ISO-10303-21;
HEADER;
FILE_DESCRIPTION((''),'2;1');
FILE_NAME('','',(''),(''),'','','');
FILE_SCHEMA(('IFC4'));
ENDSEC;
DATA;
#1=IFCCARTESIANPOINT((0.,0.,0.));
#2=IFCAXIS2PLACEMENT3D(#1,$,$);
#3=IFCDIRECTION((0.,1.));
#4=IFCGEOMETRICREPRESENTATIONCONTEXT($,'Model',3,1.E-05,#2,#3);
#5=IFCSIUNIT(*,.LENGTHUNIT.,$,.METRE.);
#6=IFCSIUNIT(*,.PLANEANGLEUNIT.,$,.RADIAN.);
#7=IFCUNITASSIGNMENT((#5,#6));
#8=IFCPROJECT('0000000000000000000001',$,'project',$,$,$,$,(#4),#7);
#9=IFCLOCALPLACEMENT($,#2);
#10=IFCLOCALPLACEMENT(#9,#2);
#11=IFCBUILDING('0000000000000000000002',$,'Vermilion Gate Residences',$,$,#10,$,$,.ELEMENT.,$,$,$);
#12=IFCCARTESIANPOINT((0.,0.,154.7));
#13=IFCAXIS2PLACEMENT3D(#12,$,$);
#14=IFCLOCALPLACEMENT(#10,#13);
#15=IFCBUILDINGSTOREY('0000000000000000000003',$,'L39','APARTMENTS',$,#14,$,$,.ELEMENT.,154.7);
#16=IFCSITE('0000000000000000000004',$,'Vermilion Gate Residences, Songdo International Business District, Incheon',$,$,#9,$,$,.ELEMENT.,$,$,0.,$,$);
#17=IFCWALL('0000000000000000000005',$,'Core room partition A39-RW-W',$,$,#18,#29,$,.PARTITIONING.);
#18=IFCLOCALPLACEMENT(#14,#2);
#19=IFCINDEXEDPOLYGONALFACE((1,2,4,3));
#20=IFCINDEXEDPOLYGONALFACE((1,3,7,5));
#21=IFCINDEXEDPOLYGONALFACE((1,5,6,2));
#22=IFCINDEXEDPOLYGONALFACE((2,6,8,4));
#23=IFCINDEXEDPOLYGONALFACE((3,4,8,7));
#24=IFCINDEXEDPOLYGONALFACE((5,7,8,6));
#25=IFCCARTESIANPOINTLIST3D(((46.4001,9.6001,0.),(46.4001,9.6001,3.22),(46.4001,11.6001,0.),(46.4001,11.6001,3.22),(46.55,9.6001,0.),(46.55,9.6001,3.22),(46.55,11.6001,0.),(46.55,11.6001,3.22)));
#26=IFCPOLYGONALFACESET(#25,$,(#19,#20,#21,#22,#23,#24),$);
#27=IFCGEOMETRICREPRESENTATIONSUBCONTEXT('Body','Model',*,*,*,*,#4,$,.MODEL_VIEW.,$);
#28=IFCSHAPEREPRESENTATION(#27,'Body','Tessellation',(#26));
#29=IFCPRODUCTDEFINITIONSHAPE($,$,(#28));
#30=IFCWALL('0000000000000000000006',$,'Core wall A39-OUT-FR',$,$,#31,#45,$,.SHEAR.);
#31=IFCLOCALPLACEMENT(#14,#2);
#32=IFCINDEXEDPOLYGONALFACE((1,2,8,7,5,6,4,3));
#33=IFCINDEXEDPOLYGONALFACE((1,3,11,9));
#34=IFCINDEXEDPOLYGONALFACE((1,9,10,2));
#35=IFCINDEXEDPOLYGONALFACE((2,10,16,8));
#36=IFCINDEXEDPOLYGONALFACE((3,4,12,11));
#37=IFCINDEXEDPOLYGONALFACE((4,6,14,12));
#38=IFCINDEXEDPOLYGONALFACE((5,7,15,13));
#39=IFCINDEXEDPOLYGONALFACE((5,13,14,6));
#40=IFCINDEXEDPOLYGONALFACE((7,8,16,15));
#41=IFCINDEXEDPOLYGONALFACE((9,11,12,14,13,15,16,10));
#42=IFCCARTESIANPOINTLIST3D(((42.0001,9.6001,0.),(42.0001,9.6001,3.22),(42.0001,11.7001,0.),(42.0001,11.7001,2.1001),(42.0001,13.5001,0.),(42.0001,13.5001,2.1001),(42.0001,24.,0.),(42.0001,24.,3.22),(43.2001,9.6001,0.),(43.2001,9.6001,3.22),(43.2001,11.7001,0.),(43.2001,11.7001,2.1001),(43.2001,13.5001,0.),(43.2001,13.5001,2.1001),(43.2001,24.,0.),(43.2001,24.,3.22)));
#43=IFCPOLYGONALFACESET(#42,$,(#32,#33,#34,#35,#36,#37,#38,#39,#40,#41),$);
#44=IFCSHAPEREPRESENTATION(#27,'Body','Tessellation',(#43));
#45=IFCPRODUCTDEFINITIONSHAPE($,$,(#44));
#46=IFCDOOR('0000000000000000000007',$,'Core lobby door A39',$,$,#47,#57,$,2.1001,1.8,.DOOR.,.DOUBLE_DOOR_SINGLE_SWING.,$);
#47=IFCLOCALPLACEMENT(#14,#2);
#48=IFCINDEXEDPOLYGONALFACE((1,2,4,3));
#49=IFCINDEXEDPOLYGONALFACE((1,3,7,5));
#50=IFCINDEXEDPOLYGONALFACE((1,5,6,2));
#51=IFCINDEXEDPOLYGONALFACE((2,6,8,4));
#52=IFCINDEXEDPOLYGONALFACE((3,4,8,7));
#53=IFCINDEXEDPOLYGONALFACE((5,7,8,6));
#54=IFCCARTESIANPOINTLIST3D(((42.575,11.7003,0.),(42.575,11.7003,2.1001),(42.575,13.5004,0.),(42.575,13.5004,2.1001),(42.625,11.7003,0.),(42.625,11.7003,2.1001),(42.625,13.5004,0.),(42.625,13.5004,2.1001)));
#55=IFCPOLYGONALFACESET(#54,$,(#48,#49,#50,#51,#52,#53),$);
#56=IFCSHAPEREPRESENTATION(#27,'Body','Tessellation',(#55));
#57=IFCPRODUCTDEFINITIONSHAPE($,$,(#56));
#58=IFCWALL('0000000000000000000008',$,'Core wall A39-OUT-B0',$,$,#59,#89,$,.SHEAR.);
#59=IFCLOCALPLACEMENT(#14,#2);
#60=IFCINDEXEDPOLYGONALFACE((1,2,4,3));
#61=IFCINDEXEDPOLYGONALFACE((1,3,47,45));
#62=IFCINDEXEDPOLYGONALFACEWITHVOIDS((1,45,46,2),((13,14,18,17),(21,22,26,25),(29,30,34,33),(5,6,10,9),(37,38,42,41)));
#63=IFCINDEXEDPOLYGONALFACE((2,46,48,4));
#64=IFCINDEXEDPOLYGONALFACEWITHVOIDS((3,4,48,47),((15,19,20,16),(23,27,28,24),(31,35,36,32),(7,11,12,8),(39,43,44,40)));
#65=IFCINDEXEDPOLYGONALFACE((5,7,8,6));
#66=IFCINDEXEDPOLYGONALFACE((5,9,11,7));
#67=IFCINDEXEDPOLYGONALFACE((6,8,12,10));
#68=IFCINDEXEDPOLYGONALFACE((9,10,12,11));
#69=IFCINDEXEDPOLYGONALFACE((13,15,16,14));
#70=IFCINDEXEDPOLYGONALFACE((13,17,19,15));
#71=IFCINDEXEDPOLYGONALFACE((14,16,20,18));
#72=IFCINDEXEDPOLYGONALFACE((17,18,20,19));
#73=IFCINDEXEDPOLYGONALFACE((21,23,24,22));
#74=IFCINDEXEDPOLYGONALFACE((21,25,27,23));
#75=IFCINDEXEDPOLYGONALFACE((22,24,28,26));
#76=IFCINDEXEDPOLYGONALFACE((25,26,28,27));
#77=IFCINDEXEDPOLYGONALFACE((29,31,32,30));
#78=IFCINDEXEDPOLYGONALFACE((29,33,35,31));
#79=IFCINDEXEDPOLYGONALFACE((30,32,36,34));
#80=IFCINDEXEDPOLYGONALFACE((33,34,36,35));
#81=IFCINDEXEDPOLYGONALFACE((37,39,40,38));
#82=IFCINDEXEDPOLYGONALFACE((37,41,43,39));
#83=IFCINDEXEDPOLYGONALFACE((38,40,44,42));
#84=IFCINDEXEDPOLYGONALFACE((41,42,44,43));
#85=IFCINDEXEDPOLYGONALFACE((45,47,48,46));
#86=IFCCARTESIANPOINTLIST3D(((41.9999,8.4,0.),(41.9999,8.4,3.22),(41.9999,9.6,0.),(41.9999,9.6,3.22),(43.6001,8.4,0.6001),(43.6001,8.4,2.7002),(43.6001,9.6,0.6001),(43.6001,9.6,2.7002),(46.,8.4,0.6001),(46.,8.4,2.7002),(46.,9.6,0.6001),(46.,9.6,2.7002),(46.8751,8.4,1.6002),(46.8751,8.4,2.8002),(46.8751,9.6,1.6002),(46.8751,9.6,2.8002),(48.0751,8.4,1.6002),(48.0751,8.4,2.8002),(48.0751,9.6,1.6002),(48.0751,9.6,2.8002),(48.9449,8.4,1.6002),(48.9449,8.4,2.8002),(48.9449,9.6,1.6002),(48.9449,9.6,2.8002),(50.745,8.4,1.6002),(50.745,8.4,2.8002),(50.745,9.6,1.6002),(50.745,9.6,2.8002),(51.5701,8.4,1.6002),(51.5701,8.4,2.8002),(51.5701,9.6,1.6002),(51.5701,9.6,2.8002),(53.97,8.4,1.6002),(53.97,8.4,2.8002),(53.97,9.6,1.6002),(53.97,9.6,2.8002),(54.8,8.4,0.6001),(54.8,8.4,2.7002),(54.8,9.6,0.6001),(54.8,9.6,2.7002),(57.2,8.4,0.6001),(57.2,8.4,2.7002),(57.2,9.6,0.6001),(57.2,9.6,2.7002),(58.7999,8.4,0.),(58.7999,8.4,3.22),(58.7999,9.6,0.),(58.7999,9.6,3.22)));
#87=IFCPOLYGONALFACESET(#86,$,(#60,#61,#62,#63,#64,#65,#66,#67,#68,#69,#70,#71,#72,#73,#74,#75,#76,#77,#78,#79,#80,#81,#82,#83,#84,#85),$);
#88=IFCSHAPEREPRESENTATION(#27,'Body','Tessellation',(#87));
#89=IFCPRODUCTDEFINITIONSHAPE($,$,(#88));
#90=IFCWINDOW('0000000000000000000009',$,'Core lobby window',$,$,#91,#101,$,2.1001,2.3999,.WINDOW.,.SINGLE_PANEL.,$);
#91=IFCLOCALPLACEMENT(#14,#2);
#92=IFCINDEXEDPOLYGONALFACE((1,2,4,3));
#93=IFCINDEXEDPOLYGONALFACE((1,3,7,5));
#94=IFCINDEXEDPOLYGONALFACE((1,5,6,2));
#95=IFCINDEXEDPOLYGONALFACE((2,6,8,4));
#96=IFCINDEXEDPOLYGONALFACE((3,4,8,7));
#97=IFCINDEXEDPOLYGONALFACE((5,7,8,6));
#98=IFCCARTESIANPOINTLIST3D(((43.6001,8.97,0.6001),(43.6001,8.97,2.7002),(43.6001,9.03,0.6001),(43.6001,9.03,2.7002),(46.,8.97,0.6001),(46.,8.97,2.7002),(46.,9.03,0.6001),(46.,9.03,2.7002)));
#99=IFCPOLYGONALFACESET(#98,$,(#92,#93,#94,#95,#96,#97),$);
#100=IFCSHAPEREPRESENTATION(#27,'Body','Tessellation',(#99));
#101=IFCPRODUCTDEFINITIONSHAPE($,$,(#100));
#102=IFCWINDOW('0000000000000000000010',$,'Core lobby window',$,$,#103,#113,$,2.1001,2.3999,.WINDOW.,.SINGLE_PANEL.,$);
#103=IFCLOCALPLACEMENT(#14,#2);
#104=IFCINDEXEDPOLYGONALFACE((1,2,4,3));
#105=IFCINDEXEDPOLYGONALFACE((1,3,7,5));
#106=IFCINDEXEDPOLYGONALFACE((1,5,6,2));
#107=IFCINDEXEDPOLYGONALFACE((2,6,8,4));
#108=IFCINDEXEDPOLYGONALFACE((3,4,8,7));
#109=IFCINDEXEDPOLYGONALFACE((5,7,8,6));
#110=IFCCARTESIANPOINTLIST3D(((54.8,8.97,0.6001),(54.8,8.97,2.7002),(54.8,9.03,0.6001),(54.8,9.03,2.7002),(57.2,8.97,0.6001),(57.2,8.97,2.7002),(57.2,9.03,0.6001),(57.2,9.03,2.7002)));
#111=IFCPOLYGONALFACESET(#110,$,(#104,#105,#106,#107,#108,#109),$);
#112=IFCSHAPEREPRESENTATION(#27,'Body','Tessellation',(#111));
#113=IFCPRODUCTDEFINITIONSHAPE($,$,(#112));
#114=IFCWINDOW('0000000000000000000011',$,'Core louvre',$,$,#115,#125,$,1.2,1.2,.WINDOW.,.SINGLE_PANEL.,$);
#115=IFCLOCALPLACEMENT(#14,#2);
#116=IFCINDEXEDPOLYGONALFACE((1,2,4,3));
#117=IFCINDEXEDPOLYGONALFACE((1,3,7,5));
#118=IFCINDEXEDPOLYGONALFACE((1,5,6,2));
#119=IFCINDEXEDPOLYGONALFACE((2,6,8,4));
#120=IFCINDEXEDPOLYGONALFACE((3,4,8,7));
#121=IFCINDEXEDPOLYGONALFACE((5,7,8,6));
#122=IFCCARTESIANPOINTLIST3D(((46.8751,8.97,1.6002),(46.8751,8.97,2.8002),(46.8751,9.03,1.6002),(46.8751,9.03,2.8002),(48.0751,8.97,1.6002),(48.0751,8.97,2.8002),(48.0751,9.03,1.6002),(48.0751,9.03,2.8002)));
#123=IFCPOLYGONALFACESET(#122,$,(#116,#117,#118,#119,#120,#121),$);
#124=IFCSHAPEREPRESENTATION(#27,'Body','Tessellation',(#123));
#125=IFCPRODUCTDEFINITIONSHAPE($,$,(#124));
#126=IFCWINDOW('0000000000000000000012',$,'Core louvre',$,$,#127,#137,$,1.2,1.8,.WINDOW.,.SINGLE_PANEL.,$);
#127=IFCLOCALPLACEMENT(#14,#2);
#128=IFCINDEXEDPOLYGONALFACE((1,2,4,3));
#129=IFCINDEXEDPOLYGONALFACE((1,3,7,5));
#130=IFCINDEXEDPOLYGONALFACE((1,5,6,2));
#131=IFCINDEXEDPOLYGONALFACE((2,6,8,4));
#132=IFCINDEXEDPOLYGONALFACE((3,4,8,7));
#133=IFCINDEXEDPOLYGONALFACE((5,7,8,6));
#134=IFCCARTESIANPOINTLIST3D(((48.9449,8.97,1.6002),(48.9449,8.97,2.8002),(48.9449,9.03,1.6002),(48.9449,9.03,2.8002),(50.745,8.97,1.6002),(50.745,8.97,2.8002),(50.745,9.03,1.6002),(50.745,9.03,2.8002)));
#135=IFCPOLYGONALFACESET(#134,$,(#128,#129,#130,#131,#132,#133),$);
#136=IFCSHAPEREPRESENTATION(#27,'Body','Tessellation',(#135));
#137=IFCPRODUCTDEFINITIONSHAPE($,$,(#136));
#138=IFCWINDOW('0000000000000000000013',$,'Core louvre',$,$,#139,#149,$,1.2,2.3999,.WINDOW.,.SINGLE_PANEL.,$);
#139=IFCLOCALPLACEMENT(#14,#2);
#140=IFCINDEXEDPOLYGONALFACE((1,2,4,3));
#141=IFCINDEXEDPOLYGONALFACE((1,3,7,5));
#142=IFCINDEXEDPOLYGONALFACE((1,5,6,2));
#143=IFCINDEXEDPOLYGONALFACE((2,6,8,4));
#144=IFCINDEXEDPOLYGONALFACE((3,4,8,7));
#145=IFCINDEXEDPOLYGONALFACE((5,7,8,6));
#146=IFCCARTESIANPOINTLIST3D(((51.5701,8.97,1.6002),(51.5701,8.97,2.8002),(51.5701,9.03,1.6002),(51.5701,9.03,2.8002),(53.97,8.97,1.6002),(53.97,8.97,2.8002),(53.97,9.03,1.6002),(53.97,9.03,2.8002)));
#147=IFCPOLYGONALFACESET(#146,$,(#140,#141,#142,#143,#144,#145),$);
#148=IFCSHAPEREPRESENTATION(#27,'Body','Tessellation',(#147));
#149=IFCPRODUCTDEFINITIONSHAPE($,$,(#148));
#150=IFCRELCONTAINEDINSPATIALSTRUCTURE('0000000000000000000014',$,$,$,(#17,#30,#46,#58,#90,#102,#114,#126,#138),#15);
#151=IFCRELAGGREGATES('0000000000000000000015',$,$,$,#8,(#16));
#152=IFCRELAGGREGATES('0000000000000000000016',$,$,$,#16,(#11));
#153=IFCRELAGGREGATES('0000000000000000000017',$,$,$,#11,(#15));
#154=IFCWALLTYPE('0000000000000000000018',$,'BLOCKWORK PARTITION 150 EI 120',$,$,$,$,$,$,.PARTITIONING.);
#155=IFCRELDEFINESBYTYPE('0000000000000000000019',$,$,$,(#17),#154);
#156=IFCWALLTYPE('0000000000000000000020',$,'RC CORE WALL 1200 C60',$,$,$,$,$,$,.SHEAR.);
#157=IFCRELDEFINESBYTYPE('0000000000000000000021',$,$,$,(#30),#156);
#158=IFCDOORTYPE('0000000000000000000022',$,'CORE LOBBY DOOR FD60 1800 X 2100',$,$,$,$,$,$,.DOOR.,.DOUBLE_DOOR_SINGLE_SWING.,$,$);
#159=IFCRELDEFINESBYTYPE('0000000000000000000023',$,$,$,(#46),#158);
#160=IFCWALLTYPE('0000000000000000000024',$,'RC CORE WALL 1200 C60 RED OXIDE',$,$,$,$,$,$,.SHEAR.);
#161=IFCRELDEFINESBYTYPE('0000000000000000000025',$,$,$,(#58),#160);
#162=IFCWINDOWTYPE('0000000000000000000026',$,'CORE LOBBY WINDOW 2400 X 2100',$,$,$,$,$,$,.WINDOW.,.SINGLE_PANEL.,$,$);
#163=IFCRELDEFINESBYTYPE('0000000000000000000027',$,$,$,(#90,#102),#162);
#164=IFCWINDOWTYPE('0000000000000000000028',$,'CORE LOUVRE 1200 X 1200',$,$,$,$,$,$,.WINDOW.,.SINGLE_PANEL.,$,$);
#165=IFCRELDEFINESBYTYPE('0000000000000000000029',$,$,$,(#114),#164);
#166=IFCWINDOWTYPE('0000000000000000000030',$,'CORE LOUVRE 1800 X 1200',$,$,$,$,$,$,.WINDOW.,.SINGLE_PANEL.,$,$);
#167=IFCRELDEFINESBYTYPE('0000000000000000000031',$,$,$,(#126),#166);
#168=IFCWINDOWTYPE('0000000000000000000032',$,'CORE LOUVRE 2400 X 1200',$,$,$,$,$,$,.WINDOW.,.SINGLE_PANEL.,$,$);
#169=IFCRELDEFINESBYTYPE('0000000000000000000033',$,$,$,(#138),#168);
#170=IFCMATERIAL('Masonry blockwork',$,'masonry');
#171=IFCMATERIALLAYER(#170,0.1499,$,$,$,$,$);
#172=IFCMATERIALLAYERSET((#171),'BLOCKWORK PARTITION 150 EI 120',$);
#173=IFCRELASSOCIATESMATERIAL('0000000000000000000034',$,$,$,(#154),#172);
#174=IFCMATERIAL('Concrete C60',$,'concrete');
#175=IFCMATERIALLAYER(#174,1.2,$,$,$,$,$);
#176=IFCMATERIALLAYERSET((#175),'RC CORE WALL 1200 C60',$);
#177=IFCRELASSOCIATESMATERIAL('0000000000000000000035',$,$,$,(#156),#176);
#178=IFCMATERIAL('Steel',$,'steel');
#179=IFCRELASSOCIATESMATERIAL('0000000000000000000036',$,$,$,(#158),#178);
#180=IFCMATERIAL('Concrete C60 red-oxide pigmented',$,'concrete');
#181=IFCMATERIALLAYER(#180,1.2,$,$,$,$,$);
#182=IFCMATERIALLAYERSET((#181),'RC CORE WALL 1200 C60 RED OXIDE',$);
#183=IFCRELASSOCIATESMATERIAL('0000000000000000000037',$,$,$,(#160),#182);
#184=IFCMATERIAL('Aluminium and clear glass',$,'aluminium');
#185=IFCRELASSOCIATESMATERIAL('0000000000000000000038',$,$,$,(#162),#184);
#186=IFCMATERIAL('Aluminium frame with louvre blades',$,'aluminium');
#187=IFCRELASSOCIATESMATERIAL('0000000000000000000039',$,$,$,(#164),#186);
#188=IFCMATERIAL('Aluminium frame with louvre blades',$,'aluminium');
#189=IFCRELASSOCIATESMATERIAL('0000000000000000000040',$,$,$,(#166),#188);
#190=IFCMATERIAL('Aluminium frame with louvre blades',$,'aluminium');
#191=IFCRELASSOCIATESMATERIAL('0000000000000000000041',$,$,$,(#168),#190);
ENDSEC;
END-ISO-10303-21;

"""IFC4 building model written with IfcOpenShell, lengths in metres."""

from ifc_helpers import new_model, si_unit, direction, frame, frame_2d, origin, place, context, subcontext, project, spatial, rectangle, extrude, material, layer, layer_set, type_object, element, fill, save


model = new_model("IFC4")

# Units and contexts
model_context = context("Model", 3, precision=1e-05, world=origin(), true_north=direction((0.0, 1.0)))
body_context = subcontext(model_context, "Body", "Model", "MODEL_VIEW")
ifc_project = project(units=[si_unit("LENGTHUNIT", "METRE"), si_unit("PLANEANGLEUNIT", "RADIAN")], contexts=[model_context])

# Site, building, storey
site_placement = place(None, origin())
site = spatial("IfcSite", under=ifc_project, at=site_placement, Name="Vermilion Gate Residences, Songdo International Business District, Incheon", CompositionType="ELEMENT", RefElevation=0.0)
building_placement = place(site_placement, origin())
building = spatial("IfcBuilding", under=site, at=building_placement, Name="Vermilion Gate Residences", CompositionType="ELEMENT")
storey_placement = place(building_placement, frame((0.0, 0.0, 154.7)))
storey = spatial("IfcBuildingStorey", under=building, at=storey_placement, Name="L39", Description="APARTMENTS", CompositionType="ELEMENT", Elevation=154.7)

# Wall
ifc_material_1 = material(Name="Masonry blockwork", Category="masonry")
ifc_layer_1 = layer(ifc_material_1, 0.1499)
ifc_layer_set_1 = layer_set([ifc_layer_1], Name="BLOCKWORK PARTITION 150 EI 120")
wall_type_1 = type_object("IfcWallType", Name="BLOCKWORK PARTITION 150 EI 120", PredefinedType="PARTITIONING", material=ifc_layer_set_1)
wall_1_placement = place(storey_placement, frame((46.4751, 9.6001, 0.0), z_axis=(0.0, 0.0, 1.0), x_axis=(0.0, 1.0, 0.0)))
element("IfcWall", 1, at=wall_1_placement, inside=storey, type_object=wall_type_1, Name="Core room partition A39-RW-W", PredefinedType="PARTITIONING", context=body_context, shape_type="SweptSolid", body=[
    extrude(rectangle(XDim=2.0, YDim=0.1499, at=frame_2d((1.0, 0.0))), origin(), (0.0, 0.0, 1.0), 3.22),
])

# Wall, opening, door
ifc_material_2 = material(Name="Concrete C60", Category="concrete")
ifc_layer_2 = layer(ifc_material_2, 1.2)
ifc_layer_set_2 = layer_set([ifc_layer_2], Name="RC CORE WALL 1200 C60")
wall_type_2 = type_object("IfcWallType", Name="RC CORE WALL 1200 C60", PredefinedType="SHEAR", material=ifc_layer_set_2)
wall_2_placement = place(storey_placement, frame((42.6001, 9.6001, 0.0), z_axis=(0.0, 0.0, 1.0), x_axis=(0.0, 1.0, 0.0)))
wall_2 = element("IfcWall", 2, at=wall_2_placement, inside=storey, type_object=wall_type_2, Name="Core wall A39-OUT-FR", PredefinedType="SHEAR", context=body_context, shape_type="SweptSolid", body=[
    extrude(rectangle(XDim=14.3999, YDim=1.2, at=frame_2d((7.2, 0.0))), origin(), (0.0, 0.0, 1.0), 3.22),
])
opening_1_placement = place(wall_2_placement, frame((2.1001, 0.0, 0.0)))
opening_1 = element("IfcOpeningElement", 3, at=opening_1_placement, cuts=wall_2, PredefinedType="OPENING", context=body_context, shape_type="SweptSolid", body=[
    extrude(rectangle(XDim=1.8, YDim=2.1001, at=frame_2d((0.8999, 1.05))), frame((0.0, 0.6099, 0.0), z_axis=(0.0, -1.0, 0.0), x_axis=(1.0, 0.0, 0.0)), (0.0, 0.0, 1.0), 1.22),
])
ifc_material_3 = material(Name="Steel", Category="steel")
door_type = type_object("IfcDoorType", Name="CORE LOBBY DOOR FD60 1800 X 2100", OperationType="DOUBLE_DOOR_SINGLE_SWING", PredefinedType="DOOR", material=ifc_material_3)
door_placement = place(opening_1_placement, frame((1.8, 0.0, 0.0), z_axis=(0.0, 0.0, 1.0), x_axis=(-1.0, 0.0, 0.0)))
door = element("IfcDoor", 4, at=door_placement, inside=storey, type_object=door_type, Name="Core lobby door A39", OperationType="DOUBLE_DOOR_SINGLE_SWING", OverallHeight=2.1001, OverallWidth=1.8, PredefinedType="DOOR", context=body_context, shape_type="SweptSolid", body=[
    extrude(rectangle(XDim=1.8, YDim=2.1001, at=frame_2d((0.8999, 1.05))), frame((0.0, 0.0249, 0.0), z_axis=(0.0, -1.0, 0.0), x_axis=(1.0, 0.0, 0.0)), (0.0, 0.0, 1.0), 0.05),
])
fill(opening_1, door)

# Wall, openings, windows
ifc_material_4 = material(Name="Concrete C60 red-oxide pigmented", Category="concrete")
ifc_layer_3 = layer(ifc_material_4, 1.2)
ifc_layer_set_3 = layer_set([ifc_layer_3], Name="RC CORE WALL 1200 C60 RED OXIDE")
wall_type_3 = type_object("IfcWallType", Name="RC CORE WALL 1200 C60 RED OXIDE", PredefinedType="SHEAR", material=ifc_layer_set_3)
wall_3_placement = place(storey_placement, frame((42.0, 9.0, 0.0), z_axis=(0.0, 0.0, 1.0), x_axis=(1.0, 0.0, 0.0)))
wall_3 = element("IfcWall", 5, at=wall_3_placement, inside=storey, type_object=wall_type_3, Name="Core wall A39-OUT-B0", PredefinedType="SHEAR", context=body_context, shape_type="SweptSolid", body=[
    extrude(rectangle(XDim=16.8, YDim=1.2, at=frame_2d((8.3999, 0.0))), origin(), (0.0, 0.0, 1.0), 3.22),
])
opening_2_placement = place(wall_3_placement, frame((1.6001, 0.0, 0.6001)))
opening_2 = element("IfcOpeningElement", 6, at=opening_2_placement, cuts=wall_3, PredefinedType="OPENING", context=body_context, shape_type="SweptSolid", body=[
    extrude(rectangle(XDim=2.3999, YDim=2.1001, at=frame_2d((1.2, 1.05))), frame((0.0, 0.6099, 0.0), z_axis=(0.0, -1.0, 0.0), x_axis=(1.0, 0.0, 0.0)), (0.0, 0.0, 1.0), 1.22),
])
opening_3_placement = place(wall_3_placement, frame((4.875, 0.0, 1.6001)))
opening_3 = element("IfcOpeningElement", 7, at=opening_3_placement, cuts=wall_3, PredefinedType="OPENING", context=body_context, shape_type="SweptSolid", body=[
    extrude(rectangle(XDim=1.2, YDim=1.2, at=frame_2d((0.6001, 0.6001))), frame((0.0, 0.6099, 0.0), z_axis=(0.0, -1.0, 0.0), x_axis=(1.0, 0.0, 0.0)), (0.0, 0.0, 1.0), 1.22),
])
opening_4_placement = place(wall_3_placement, frame((6.9451, 0.0, 1.6001)))
opening_4 = element("IfcOpeningElement", 8, at=opening_4_placement, cuts=wall_3, PredefinedType="OPENING", context=body_context, shape_type="SweptSolid", body=[
    extrude(rectangle(XDim=1.8, YDim=1.2, at=frame_2d((0.8999, 0.6001))), frame((0.0, 0.6099, 0.0), z_axis=(0.0, -1.0, 0.0), x_axis=(1.0, 0.0, 0.0)), (0.0, 0.0, 1.0), 1.22),
])
opening_5_placement = place(wall_3_placement, frame((9.5701, 0.0, 1.6001)))
opening_5 = element("IfcOpeningElement", 9, at=opening_5_placement, cuts=wall_3, PredefinedType="OPENING", context=body_context, shape_type="SweptSolid", body=[
    extrude(rectangle(XDim=2.3999, YDim=1.2, at=frame_2d((1.2, 0.6001))), frame((0.0, 0.6099, 0.0), z_axis=(0.0, -1.0, 0.0), x_axis=(1.0, 0.0, 0.0)), (0.0, 0.0, 1.0), 1.22),
])
opening_6_placement = place(wall_3_placement, frame((12.8, 0.0, 0.6001)))
opening_6 = element("IfcOpeningElement", 10, at=opening_6_placement, cuts=wall_3, PredefinedType="OPENING", context=body_context, shape_type="SweptSolid", body=[
    extrude(rectangle(XDim=2.3999, YDim=2.1001, at=frame_2d((1.2, 1.05))), frame((0.0, 0.6099, 0.0), z_axis=(0.0, -1.0, 0.0), x_axis=(1.0, 0.0, 0.0)), (0.0, 0.0, 1.0), 1.22),
])
ifc_material_5 = material(Name="Aluminium and clear glass", Category="aluminium")
window_type_1 = type_object("IfcWindowType", Name="CORE LOBBY WINDOW 2400 X 2100", PartitioningType="SINGLE_PANEL", PredefinedType="WINDOW", material=ifc_material_5)
window_1_placement = place(opening_2_placement, origin())
window_1 = element("IfcWindow", 11, at=window_1_placement, inside=storey, type_object=window_type_1, Name="Core lobby window", OverallHeight=2.1001, OverallWidth=2.3999, PartitioningType="SINGLE_PANEL", PredefinedType="WINDOW", context=body_context, shape_type="SweptSolid", body=[
    extrude(rectangle(XDim=2.3999, YDim=2.1001, at=frame_2d((1.2, 1.05))), frame((0.0, 0.03, 0.0), z_axis=(0.0, -1.0, 0.0), x_axis=(1.0, 0.0, 0.0)), (0.0, 0.0, 1.0), 0.0601),
])
fill(opening_2, window_1)
window_2_placement = place(opening_6_placement, origin())
window_2 = element("IfcWindow", 12, at=window_2_placement, inside=storey, type_object=window_type_1, Name="Core lobby window", OverallHeight=2.1001, OverallWidth=2.3999, PartitioningType="SINGLE_PANEL", PredefinedType="WINDOW", context=body_context, shape_type="SweptSolid", body=[
    extrude(rectangle(XDim=2.3999, YDim=2.1001, at=frame_2d((1.2, 1.05))), frame((0.0, 0.03, 0.0), z_axis=(0.0, -1.0, 0.0), x_axis=(1.0, 0.0, 0.0)), (0.0, 0.0, 1.0), 0.0601),
])
fill(opening_6, window_2)
ifc_material_6 = material(Name="Aluminium frame with louvre blades", Category="aluminium")
window_type_2 = type_object("IfcWindowType", Name="CORE LOUVRE 1200 X 1200", PartitioningType="SINGLE_PANEL", PredefinedType="WINDOW", material=ifc_material_6)
window_3_placement = place(opening_3_placement, origin())
window_3 = element("IfcWindow", 13, at=window_3_placement, inside=storey, type_object=window_type_2, Name="Core louvre", OverallHeight=1.2, OverallWidth=1.2, PartitioningType="SINGLE_PANEL", PredefinedType="WINDOW", context=body_context, shape_type="SweptSolid", body=[
    extrude(rectangle(XDim=1.2, YDim=1.2, at=frame_2d((0.6001, 0.6001))), frame((0.0, 0.03, 0.0), z_axis=(0.0, -1.0, 0.0), x_axis=(1.0, 0.0, 0.0)), (0.0, 0.0, 1.0), 0.0601),
])
fill(opening_3, window_3)
ifc_material_7 = material(Name="Aluminium frame with louvre blades", Category="aluminium")
window_type_3 = type_object("IfcWindowType", Name="CORE LOUVRE 1800 X 1200", PartitioningType="SINGLE_PANEL", PredefinedType="WINDOW", material=ifc_material_7)
window_4_placement = place(opening_4_placement, origin())
window_4 = element("IfcWindow", 14, at=window_4_placement, inside=storey, type_object=window_type_3, Name="Core louvre", OverallHeight=1.2, OverallWidth=1.8, PartitioningType="SINGLE_PANEL", PredefinedType="WINDOW", context=body_context, shape_type="SweptSolid", body=[
    extrude(rectangle(XDim=1.8, YDim=1.2, at=frame_2d((0.8999, 0.6001))), frame((0.0, 0.03, 0.0), z_axis=(0.0, -1.0, 0.0), x_axis=(1.0, 0.0, 0.0)), (0.0, 0.0, 1.0), 0.0601),
])
fill(opening_4, window_4)
ifc_material_8 = material(Name="Aluminium frame with louvre blades", Category="aluminium")
window_type_4 = type_object("IfcWindowType", Name="CORE LOUVRE 2400 X 1200", PartitioningType="SINGLE_PANEL", PredefinedType="WINDOW", material=ifc_material_8)
window_5_placement = place(opening_5_placement, origin())
window_5 = element("IfcWindow", 15, at=window_5_placement, inside=storey, type_object=window_type_4, Name="Core louvre", OverallHeight=1.2, OverallWidth=2.3999, PartitioningType="SINGLE_PANEL", PredefinedType="WINDOW", context=body_context, shape_type="SweptSolid", body=[
    extrude(rectangle(XDim=2.3999, YDim=1.2, at=frame_2d((1.2, 0.6001))), frame((0.0, 0.03, 0.0), z_axis=(0.0, -1.0, 0.0), x_axis=(1.0, 0.0, 0.0)), (0.0, 0.0, 1.0), 0.0601),
])
fill(opening_5, window_5)

save(model, "model.ifc")
